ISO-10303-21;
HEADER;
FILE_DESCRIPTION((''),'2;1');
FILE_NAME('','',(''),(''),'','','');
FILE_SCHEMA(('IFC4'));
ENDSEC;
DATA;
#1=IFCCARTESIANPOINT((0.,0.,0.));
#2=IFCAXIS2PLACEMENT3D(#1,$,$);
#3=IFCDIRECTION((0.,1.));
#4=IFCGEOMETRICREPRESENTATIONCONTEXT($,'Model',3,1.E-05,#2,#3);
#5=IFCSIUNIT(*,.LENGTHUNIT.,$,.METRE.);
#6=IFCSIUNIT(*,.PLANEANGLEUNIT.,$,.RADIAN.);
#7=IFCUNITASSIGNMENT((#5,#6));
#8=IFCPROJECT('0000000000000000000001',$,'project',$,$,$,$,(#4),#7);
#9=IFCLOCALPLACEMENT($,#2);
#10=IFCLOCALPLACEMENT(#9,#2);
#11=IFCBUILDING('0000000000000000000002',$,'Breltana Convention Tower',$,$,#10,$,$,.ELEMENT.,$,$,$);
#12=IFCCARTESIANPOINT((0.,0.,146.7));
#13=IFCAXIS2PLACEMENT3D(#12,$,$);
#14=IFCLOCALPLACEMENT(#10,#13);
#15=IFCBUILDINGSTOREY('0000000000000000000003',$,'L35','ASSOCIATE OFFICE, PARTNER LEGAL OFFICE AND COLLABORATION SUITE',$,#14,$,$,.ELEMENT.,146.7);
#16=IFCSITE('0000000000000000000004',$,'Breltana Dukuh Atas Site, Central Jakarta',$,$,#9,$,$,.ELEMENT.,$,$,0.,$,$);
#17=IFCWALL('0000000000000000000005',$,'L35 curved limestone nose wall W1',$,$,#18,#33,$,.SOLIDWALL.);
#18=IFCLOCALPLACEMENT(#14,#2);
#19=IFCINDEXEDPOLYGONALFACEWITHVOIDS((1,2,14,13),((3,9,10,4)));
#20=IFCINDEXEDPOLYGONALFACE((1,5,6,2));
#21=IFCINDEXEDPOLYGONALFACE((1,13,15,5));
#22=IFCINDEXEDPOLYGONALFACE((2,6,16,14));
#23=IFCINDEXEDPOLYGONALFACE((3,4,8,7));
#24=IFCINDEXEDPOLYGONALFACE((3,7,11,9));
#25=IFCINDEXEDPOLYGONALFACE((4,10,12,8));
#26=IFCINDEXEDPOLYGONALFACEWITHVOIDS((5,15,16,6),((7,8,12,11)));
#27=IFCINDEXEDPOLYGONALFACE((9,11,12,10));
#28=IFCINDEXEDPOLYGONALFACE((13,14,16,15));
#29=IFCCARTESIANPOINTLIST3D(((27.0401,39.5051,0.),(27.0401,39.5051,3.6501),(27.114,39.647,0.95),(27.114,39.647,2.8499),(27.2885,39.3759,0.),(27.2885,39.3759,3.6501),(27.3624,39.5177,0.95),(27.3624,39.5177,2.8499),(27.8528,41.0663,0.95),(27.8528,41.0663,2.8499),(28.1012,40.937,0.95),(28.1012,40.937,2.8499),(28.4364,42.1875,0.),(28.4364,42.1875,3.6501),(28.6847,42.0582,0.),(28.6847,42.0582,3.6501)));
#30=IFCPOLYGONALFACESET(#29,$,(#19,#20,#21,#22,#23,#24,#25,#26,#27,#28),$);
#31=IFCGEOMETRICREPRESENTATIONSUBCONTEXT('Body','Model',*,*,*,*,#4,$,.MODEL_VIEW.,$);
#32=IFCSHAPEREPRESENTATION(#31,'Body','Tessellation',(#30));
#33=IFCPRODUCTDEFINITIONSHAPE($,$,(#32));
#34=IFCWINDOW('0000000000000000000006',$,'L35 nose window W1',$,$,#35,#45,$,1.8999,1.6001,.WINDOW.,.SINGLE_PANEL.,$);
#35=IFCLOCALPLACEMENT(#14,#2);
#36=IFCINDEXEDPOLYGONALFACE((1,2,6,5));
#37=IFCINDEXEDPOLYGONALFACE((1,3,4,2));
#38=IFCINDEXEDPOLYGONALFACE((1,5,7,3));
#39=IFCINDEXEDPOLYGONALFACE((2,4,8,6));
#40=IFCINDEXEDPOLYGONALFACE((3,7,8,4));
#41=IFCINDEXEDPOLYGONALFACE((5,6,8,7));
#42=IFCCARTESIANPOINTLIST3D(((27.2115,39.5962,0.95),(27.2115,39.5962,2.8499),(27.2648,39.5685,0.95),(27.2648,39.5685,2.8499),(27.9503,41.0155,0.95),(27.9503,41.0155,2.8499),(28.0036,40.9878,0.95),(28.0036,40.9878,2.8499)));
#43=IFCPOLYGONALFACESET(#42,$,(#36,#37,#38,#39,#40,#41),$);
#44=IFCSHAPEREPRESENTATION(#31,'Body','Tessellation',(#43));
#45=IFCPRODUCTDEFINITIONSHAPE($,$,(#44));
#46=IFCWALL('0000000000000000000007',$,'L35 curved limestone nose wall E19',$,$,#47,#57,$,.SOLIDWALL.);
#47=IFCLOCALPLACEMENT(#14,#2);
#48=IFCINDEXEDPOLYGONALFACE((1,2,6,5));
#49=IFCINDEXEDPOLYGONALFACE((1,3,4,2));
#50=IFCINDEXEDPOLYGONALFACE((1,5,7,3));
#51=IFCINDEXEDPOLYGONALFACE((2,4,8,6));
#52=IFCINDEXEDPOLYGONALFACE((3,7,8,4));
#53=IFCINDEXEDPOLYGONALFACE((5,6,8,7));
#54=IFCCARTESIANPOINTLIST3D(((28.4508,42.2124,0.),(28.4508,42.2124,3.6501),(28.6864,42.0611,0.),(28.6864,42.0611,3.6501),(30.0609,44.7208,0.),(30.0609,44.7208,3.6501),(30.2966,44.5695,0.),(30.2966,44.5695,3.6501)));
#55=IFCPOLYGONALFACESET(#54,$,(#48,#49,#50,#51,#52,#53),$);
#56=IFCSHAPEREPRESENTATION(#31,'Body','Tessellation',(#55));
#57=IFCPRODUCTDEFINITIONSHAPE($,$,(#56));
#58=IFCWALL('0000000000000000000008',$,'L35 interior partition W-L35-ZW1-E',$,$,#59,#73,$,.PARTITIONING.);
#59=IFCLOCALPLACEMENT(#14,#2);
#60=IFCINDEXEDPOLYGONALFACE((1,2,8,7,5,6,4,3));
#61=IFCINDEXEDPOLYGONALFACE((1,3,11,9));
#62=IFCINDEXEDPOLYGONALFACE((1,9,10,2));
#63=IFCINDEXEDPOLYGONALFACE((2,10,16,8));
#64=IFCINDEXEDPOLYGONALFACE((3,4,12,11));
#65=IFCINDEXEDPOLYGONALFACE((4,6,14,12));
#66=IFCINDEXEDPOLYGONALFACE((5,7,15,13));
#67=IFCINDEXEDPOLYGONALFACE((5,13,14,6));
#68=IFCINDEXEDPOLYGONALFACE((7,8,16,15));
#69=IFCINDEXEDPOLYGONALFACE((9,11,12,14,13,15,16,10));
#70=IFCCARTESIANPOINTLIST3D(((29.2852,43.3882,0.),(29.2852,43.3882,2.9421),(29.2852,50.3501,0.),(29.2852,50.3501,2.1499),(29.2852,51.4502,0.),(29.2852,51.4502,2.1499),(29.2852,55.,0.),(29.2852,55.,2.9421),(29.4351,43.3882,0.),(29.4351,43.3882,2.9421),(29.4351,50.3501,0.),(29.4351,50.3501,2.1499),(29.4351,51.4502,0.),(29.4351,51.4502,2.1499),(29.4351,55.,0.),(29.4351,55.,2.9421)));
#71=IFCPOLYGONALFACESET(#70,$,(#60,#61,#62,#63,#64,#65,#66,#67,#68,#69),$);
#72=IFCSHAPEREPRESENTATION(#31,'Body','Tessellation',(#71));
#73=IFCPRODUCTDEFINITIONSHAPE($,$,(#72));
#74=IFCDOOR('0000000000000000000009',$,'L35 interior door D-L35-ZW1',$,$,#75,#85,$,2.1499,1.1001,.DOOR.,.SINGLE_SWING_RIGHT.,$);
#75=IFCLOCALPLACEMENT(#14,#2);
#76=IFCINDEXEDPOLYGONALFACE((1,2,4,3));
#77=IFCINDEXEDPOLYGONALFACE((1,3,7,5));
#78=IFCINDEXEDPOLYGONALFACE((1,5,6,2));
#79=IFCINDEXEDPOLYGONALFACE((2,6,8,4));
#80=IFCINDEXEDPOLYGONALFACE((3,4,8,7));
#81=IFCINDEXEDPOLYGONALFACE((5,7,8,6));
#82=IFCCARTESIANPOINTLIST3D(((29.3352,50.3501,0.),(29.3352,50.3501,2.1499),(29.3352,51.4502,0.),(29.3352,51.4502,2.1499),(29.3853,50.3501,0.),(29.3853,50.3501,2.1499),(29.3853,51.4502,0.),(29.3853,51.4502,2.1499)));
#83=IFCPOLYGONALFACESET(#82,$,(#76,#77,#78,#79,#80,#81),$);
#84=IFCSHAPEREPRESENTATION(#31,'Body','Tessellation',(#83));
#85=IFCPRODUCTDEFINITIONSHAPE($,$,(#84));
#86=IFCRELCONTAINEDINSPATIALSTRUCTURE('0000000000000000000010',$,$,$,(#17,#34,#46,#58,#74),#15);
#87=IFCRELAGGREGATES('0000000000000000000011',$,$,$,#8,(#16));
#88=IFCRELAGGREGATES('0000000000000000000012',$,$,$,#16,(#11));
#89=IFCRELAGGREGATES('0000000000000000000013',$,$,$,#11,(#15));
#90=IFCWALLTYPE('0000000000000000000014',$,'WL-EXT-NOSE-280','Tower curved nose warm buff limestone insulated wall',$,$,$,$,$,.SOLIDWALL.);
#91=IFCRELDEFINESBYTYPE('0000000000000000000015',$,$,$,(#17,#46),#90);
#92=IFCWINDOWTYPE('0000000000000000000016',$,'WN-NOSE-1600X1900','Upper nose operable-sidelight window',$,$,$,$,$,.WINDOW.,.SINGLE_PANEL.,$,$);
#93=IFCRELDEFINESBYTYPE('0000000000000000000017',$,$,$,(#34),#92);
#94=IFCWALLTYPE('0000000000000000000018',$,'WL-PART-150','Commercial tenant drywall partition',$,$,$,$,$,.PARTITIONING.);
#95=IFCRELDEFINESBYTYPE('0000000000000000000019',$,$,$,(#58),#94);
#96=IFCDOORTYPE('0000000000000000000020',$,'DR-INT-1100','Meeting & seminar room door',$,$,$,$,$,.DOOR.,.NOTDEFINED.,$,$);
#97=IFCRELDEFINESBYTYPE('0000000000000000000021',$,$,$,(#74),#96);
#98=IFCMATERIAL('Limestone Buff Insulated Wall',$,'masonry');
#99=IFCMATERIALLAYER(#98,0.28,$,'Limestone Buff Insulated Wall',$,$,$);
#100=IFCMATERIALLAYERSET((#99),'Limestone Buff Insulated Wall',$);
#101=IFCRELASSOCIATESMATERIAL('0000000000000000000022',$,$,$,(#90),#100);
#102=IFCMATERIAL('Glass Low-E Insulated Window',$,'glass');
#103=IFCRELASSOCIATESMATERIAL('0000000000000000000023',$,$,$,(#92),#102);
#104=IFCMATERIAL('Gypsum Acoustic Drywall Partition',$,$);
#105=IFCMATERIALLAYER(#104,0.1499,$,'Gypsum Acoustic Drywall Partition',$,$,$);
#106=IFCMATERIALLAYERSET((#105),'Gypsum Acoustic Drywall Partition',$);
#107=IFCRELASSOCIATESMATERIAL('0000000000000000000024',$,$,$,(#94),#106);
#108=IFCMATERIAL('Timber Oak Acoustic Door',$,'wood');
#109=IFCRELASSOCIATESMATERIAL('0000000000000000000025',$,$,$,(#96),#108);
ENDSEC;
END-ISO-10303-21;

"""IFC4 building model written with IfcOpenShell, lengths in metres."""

from ifc_helpers import new_model, si_unit, direction, frame, frame_2d, origin, place, context, subcontext, project, spatial, rectangle, extrude, source, transform, mapped, material, layer, layer_set, type_object, type_shapes, element, fill, save


model = new_model("IFC4")

# Units and contexts
model_context = context("Model", 3, precision=1e-05, world=origin(), true_north=direction((0.0, 1.0)))
body_context = subcontext(model_context, "Body", "Model", "MODEL_VIEW")
ifc_project = project(units=[si_unit("LENGTHUNIT", "METRE"), si_unit("PLANEANGLEUNIT", "RADIAN")], contexts=[model_context])

# Site, building, storey
site_placement = place(None, origin())
site = spatial("IfcSite", under=ifc_project, at=site_placement, Name="Breltana Dukuh Atas Site, Central Jakarta", CompositionType="ELEMENT", RefElevation=0.0)
building_placement = place(site_placement, origin())
building = spatial("IfcBuilding", under=site, at=building_placement, Name="Breltana Convention Tower", CompositionType="ELEMENT")
storey_placement = place(building_placement, frame((0.0, 0.0, 146.7)))
storey = spatial("IfcBuildingStorey", under=building, at=storey_placement, Name="L35", Description="ASSOCIATE OFFICE, PARTNER LEGAL OFFICE AND COLLABORATION SUITE", CompositionType="ELEMENT", Elevation=146.7)

# Wall, opening, window
ifc_material_1 = material(Name="Limestone Buff Insulated Wall", Category="masonry")
ifc_layer_1 = layer(ifc_material_1, 0.28, Name="Limestone Buff Insulated Wall")
ifc_layer_set_1 = layer_set([ifc_layer_1], Name="Limestone Buff Insulated Wall")
wall_type_1 = type_object("IfcWallType", Name="WL-EXT-NOSE-280", Description="Tower curved nose warm buff limestone insulated wall", PredefinedType="SOLIDWALL", material=ifc_layer_set_1)
ifc_material_2 = material(Name="Glass Low-E Insulated Window", Category="glass")
shared_shape_1 = source(origin(), body_context, "Body", "SweptSolid", [
    extrude(rectangle(XDim=3.0239, YDim=0.28, at=frame_2d((1.512, 0.0))), origin(), (0.0, 0.0, 1.0), 3.6501),
])
wall_1_placement = place(storey_placement, frame((28.5605, 42.1228, 0.0), z_axis=(0.0, 0.0, 1.0), x_axis=(-0.461719, -0.887026, 0.0)))
wall_1 = element("IfcWall", 1, at=wall_1_placement, inside=storey, type_object=wall_type_1, Name="L35 curved limestone nose wall W1", PredefinedType="SOLIDWALL", context=body_context, shape_type="MappedRepresentation", body=[
    mapped(shared_shape_1, transform((0.0, 0.0, 0.0), scale=1.0)),
])
opening_1_placement = place(wall_1_placement, frame((1.2639, 0.0, 0.95)))
opening_1 = element("IfcOpeningElement", 2, at=opening_1_placement, cuts=wall_1, PredefinedType="OPENING", context=body_context, shape_type="SweptSolid", body=[
    extrude(rectangle(XDim=1.6001, YDim=1.8999, at=frame_2d((0.8, 0.95))), frame((0.0, 0.1499, 0.0), z_axis=(0.0, -1.0, 0.0), x_axis=(1.0, 0.0, 0.0)), (0.0, 0.0, 1.0), 0.3),
])
window_type_1 = type_object("IfcWindowType", Name="WN-NOSE-1600X1900", Description="Upper nose operable-sidelight window", PartitioningType="SINGLE_PANEL", PredefinedType="WINDOW", material=ifc_material_2)
shared_shape_2 = source(origin(), body_context, "Body", "SweptSolid", [
    extrude(rectangle(XDim=1.6001, YDim=1.8999, at=frame_2d((0.8, 0.95))), frame((0.0, 0.03, 0.0), z_axis=(0.0, -1.0, 0.0), x_axis=(1.0, 0.0, 0.0)), (0.0, 0.0, 1.0), 0.0601),
])
type_shapes(window_type_1, [shared_shape_2])
window_1_placement = place(opening_1_placement, origin())
window_1 = element("IfcWindow", 3, at=window_1_placement, inside=storey, type_object=window_type_1, Name="L35 nose window W1", OverallHeight=1.8999, OverallWidth=1.6001, PartitioningType="SINGLE_PANEL", PredefinedType="WINDOW", context=body_context, shape_type="MappedRepresentation", body=[
    mapped(shared_shape_2, transform((0.0, 0.0, 0.0), scale=1.0)),
])
fill(opening_1, window_1)

# Wall
shared_shape_3 = source(origin(), body_context, "Body", "SweptSolid", [
    extrude(rectangle(XDim=2.9807, YDim=0.28, at=frame_2d((1.4902, 0.0))), origin(), (0.0, 0.0, 1.0), 3.6501),
])
wall_2_placement = place(storey_placement, frame((30.1787, 44.645, 0.0), z_axis=(0.0, 0.0, 1.0), x_axis=(-0.540194, -0.84154, 0.0)))
element("IfcWall", 4, at=wall_2_placement, inside=storey, type_object=wall_type_1, Name="L35 curved limestone nose wall E19", PredefinedType="SOLIDWALL", context=body_context, shape_type="MappedRepresentation", body=[
    mapped(shared_shape_3, transform((0.0, 0.0, 0.0), scale=1.0)),
])

# Wall, opening, door
ifc_material_3 = material(Name="Gypsum Acoustic Drywall Partition")
ifc_layer_2 = layer(ifc_material_3, 0.1499, Name="Gypsum Acoustic Drywall Partition")
ifc_layer_set_2 = layer_set([ifc_layer_2], Name="Gypsum Acoustic Drywall Partition")
wall_type_2 = type_object("IfcWallType", Name="WL-PART-150", Description="Commercial tenant drywall partition", PredefinedType="PARTITIONING", material=ifc_layer_set_2)
shared_shape_4 = source(origin(), body_context, "Body", "SweptSolid", [
    extrude(rectangle(XDim=11.6118, YDim=0.1499, at=frame_2d((5.8059, 0.0))), origin(), (0.0, 0.0, 1.0), 2.9421),
])
wall_3_placement = place(storey_placement, frame((29.3601, 43.3882, 0.0), z_axis=(0.0, 0.0, 1.0), x_axis=(0.0, 1.0, 0.0)))
wall_3 = element("IfcWall", 5, at=wall_3_placement, inside=storey, type_object=wall_type_2, Name="L35 interior partition W-L35-ZW1-E", PredefinedType="PARTITIONING", context=body_context, shape_type="MappedRepresentation", body=[
    mapped(shared_shape_4, transform((0.0, 0.0, 0.0), scale=1.0)),
])
opening_2_placement = place(wall_3_placement, frame((6.9619, 0.0, 0.0)))
opening_2 = element("IfcOpeningElement", 6, at=opening_2_placement, cuts=wall_3, PredefinedType="OPENING", context=body_context, shape_type="SweptSolid", body=[
    extrude(rectangle(XDim=1.1001, YDim=2.1499, at=frame_2d((0.55, 1.075))), frame((0.0, 0.085, 0.0), z_axis=(0.0, -1.0, 0.0), x_axis=(1.0, 0.0, 0.0)), (0.0, 0.0, 1.0), 0.1699),
])
ifc_material_4 = material(Name="Timber Oak Acoustic Door", Category="wood")
door_type = type_object("IfcDoorType", Name="DR-INT-1100", Description="Meeting & seminar room door", OperationType="NOTDEFINED", PredefinedType="DOOR", material=ifc_material_4)
shared_shape_5 = source(origin(), body_context, "Body", "SweptSolid", [
    extrude(rectangle(XDim=1.1001, YDim=2.1499, at=frame_2d((0.55, 1.075))), frame((0.0, 0.0249, 0.0), z_axis=(0.0, -1.0, 0.0), x_axis=(1.0, 0.0, 0.0)), (0.0, 0.0, 1.0), 0.05),
])
type_shapes(door_type, [shared_shape_5])
door_placement = place(opening_2_placement, origin())
door = element("IfcDoor", 7, at=door_placement, inside=storey, type_object=door_type, Name="L35 interior door D-L35-ZW1", OperationType="SINGLE_SWING_RIGHT", OverallHeight=2.1499, OverallWidth=1.1001, PredefinedType="DOOR", context=body_context, shape_type="MappedRepresentation", body=[
    mapped(shared_shape_5, transform((0.0, 0.0, 0.0), scale=1.0)),
])
fill(opening_2, door)

save(model, "model.ifc")
